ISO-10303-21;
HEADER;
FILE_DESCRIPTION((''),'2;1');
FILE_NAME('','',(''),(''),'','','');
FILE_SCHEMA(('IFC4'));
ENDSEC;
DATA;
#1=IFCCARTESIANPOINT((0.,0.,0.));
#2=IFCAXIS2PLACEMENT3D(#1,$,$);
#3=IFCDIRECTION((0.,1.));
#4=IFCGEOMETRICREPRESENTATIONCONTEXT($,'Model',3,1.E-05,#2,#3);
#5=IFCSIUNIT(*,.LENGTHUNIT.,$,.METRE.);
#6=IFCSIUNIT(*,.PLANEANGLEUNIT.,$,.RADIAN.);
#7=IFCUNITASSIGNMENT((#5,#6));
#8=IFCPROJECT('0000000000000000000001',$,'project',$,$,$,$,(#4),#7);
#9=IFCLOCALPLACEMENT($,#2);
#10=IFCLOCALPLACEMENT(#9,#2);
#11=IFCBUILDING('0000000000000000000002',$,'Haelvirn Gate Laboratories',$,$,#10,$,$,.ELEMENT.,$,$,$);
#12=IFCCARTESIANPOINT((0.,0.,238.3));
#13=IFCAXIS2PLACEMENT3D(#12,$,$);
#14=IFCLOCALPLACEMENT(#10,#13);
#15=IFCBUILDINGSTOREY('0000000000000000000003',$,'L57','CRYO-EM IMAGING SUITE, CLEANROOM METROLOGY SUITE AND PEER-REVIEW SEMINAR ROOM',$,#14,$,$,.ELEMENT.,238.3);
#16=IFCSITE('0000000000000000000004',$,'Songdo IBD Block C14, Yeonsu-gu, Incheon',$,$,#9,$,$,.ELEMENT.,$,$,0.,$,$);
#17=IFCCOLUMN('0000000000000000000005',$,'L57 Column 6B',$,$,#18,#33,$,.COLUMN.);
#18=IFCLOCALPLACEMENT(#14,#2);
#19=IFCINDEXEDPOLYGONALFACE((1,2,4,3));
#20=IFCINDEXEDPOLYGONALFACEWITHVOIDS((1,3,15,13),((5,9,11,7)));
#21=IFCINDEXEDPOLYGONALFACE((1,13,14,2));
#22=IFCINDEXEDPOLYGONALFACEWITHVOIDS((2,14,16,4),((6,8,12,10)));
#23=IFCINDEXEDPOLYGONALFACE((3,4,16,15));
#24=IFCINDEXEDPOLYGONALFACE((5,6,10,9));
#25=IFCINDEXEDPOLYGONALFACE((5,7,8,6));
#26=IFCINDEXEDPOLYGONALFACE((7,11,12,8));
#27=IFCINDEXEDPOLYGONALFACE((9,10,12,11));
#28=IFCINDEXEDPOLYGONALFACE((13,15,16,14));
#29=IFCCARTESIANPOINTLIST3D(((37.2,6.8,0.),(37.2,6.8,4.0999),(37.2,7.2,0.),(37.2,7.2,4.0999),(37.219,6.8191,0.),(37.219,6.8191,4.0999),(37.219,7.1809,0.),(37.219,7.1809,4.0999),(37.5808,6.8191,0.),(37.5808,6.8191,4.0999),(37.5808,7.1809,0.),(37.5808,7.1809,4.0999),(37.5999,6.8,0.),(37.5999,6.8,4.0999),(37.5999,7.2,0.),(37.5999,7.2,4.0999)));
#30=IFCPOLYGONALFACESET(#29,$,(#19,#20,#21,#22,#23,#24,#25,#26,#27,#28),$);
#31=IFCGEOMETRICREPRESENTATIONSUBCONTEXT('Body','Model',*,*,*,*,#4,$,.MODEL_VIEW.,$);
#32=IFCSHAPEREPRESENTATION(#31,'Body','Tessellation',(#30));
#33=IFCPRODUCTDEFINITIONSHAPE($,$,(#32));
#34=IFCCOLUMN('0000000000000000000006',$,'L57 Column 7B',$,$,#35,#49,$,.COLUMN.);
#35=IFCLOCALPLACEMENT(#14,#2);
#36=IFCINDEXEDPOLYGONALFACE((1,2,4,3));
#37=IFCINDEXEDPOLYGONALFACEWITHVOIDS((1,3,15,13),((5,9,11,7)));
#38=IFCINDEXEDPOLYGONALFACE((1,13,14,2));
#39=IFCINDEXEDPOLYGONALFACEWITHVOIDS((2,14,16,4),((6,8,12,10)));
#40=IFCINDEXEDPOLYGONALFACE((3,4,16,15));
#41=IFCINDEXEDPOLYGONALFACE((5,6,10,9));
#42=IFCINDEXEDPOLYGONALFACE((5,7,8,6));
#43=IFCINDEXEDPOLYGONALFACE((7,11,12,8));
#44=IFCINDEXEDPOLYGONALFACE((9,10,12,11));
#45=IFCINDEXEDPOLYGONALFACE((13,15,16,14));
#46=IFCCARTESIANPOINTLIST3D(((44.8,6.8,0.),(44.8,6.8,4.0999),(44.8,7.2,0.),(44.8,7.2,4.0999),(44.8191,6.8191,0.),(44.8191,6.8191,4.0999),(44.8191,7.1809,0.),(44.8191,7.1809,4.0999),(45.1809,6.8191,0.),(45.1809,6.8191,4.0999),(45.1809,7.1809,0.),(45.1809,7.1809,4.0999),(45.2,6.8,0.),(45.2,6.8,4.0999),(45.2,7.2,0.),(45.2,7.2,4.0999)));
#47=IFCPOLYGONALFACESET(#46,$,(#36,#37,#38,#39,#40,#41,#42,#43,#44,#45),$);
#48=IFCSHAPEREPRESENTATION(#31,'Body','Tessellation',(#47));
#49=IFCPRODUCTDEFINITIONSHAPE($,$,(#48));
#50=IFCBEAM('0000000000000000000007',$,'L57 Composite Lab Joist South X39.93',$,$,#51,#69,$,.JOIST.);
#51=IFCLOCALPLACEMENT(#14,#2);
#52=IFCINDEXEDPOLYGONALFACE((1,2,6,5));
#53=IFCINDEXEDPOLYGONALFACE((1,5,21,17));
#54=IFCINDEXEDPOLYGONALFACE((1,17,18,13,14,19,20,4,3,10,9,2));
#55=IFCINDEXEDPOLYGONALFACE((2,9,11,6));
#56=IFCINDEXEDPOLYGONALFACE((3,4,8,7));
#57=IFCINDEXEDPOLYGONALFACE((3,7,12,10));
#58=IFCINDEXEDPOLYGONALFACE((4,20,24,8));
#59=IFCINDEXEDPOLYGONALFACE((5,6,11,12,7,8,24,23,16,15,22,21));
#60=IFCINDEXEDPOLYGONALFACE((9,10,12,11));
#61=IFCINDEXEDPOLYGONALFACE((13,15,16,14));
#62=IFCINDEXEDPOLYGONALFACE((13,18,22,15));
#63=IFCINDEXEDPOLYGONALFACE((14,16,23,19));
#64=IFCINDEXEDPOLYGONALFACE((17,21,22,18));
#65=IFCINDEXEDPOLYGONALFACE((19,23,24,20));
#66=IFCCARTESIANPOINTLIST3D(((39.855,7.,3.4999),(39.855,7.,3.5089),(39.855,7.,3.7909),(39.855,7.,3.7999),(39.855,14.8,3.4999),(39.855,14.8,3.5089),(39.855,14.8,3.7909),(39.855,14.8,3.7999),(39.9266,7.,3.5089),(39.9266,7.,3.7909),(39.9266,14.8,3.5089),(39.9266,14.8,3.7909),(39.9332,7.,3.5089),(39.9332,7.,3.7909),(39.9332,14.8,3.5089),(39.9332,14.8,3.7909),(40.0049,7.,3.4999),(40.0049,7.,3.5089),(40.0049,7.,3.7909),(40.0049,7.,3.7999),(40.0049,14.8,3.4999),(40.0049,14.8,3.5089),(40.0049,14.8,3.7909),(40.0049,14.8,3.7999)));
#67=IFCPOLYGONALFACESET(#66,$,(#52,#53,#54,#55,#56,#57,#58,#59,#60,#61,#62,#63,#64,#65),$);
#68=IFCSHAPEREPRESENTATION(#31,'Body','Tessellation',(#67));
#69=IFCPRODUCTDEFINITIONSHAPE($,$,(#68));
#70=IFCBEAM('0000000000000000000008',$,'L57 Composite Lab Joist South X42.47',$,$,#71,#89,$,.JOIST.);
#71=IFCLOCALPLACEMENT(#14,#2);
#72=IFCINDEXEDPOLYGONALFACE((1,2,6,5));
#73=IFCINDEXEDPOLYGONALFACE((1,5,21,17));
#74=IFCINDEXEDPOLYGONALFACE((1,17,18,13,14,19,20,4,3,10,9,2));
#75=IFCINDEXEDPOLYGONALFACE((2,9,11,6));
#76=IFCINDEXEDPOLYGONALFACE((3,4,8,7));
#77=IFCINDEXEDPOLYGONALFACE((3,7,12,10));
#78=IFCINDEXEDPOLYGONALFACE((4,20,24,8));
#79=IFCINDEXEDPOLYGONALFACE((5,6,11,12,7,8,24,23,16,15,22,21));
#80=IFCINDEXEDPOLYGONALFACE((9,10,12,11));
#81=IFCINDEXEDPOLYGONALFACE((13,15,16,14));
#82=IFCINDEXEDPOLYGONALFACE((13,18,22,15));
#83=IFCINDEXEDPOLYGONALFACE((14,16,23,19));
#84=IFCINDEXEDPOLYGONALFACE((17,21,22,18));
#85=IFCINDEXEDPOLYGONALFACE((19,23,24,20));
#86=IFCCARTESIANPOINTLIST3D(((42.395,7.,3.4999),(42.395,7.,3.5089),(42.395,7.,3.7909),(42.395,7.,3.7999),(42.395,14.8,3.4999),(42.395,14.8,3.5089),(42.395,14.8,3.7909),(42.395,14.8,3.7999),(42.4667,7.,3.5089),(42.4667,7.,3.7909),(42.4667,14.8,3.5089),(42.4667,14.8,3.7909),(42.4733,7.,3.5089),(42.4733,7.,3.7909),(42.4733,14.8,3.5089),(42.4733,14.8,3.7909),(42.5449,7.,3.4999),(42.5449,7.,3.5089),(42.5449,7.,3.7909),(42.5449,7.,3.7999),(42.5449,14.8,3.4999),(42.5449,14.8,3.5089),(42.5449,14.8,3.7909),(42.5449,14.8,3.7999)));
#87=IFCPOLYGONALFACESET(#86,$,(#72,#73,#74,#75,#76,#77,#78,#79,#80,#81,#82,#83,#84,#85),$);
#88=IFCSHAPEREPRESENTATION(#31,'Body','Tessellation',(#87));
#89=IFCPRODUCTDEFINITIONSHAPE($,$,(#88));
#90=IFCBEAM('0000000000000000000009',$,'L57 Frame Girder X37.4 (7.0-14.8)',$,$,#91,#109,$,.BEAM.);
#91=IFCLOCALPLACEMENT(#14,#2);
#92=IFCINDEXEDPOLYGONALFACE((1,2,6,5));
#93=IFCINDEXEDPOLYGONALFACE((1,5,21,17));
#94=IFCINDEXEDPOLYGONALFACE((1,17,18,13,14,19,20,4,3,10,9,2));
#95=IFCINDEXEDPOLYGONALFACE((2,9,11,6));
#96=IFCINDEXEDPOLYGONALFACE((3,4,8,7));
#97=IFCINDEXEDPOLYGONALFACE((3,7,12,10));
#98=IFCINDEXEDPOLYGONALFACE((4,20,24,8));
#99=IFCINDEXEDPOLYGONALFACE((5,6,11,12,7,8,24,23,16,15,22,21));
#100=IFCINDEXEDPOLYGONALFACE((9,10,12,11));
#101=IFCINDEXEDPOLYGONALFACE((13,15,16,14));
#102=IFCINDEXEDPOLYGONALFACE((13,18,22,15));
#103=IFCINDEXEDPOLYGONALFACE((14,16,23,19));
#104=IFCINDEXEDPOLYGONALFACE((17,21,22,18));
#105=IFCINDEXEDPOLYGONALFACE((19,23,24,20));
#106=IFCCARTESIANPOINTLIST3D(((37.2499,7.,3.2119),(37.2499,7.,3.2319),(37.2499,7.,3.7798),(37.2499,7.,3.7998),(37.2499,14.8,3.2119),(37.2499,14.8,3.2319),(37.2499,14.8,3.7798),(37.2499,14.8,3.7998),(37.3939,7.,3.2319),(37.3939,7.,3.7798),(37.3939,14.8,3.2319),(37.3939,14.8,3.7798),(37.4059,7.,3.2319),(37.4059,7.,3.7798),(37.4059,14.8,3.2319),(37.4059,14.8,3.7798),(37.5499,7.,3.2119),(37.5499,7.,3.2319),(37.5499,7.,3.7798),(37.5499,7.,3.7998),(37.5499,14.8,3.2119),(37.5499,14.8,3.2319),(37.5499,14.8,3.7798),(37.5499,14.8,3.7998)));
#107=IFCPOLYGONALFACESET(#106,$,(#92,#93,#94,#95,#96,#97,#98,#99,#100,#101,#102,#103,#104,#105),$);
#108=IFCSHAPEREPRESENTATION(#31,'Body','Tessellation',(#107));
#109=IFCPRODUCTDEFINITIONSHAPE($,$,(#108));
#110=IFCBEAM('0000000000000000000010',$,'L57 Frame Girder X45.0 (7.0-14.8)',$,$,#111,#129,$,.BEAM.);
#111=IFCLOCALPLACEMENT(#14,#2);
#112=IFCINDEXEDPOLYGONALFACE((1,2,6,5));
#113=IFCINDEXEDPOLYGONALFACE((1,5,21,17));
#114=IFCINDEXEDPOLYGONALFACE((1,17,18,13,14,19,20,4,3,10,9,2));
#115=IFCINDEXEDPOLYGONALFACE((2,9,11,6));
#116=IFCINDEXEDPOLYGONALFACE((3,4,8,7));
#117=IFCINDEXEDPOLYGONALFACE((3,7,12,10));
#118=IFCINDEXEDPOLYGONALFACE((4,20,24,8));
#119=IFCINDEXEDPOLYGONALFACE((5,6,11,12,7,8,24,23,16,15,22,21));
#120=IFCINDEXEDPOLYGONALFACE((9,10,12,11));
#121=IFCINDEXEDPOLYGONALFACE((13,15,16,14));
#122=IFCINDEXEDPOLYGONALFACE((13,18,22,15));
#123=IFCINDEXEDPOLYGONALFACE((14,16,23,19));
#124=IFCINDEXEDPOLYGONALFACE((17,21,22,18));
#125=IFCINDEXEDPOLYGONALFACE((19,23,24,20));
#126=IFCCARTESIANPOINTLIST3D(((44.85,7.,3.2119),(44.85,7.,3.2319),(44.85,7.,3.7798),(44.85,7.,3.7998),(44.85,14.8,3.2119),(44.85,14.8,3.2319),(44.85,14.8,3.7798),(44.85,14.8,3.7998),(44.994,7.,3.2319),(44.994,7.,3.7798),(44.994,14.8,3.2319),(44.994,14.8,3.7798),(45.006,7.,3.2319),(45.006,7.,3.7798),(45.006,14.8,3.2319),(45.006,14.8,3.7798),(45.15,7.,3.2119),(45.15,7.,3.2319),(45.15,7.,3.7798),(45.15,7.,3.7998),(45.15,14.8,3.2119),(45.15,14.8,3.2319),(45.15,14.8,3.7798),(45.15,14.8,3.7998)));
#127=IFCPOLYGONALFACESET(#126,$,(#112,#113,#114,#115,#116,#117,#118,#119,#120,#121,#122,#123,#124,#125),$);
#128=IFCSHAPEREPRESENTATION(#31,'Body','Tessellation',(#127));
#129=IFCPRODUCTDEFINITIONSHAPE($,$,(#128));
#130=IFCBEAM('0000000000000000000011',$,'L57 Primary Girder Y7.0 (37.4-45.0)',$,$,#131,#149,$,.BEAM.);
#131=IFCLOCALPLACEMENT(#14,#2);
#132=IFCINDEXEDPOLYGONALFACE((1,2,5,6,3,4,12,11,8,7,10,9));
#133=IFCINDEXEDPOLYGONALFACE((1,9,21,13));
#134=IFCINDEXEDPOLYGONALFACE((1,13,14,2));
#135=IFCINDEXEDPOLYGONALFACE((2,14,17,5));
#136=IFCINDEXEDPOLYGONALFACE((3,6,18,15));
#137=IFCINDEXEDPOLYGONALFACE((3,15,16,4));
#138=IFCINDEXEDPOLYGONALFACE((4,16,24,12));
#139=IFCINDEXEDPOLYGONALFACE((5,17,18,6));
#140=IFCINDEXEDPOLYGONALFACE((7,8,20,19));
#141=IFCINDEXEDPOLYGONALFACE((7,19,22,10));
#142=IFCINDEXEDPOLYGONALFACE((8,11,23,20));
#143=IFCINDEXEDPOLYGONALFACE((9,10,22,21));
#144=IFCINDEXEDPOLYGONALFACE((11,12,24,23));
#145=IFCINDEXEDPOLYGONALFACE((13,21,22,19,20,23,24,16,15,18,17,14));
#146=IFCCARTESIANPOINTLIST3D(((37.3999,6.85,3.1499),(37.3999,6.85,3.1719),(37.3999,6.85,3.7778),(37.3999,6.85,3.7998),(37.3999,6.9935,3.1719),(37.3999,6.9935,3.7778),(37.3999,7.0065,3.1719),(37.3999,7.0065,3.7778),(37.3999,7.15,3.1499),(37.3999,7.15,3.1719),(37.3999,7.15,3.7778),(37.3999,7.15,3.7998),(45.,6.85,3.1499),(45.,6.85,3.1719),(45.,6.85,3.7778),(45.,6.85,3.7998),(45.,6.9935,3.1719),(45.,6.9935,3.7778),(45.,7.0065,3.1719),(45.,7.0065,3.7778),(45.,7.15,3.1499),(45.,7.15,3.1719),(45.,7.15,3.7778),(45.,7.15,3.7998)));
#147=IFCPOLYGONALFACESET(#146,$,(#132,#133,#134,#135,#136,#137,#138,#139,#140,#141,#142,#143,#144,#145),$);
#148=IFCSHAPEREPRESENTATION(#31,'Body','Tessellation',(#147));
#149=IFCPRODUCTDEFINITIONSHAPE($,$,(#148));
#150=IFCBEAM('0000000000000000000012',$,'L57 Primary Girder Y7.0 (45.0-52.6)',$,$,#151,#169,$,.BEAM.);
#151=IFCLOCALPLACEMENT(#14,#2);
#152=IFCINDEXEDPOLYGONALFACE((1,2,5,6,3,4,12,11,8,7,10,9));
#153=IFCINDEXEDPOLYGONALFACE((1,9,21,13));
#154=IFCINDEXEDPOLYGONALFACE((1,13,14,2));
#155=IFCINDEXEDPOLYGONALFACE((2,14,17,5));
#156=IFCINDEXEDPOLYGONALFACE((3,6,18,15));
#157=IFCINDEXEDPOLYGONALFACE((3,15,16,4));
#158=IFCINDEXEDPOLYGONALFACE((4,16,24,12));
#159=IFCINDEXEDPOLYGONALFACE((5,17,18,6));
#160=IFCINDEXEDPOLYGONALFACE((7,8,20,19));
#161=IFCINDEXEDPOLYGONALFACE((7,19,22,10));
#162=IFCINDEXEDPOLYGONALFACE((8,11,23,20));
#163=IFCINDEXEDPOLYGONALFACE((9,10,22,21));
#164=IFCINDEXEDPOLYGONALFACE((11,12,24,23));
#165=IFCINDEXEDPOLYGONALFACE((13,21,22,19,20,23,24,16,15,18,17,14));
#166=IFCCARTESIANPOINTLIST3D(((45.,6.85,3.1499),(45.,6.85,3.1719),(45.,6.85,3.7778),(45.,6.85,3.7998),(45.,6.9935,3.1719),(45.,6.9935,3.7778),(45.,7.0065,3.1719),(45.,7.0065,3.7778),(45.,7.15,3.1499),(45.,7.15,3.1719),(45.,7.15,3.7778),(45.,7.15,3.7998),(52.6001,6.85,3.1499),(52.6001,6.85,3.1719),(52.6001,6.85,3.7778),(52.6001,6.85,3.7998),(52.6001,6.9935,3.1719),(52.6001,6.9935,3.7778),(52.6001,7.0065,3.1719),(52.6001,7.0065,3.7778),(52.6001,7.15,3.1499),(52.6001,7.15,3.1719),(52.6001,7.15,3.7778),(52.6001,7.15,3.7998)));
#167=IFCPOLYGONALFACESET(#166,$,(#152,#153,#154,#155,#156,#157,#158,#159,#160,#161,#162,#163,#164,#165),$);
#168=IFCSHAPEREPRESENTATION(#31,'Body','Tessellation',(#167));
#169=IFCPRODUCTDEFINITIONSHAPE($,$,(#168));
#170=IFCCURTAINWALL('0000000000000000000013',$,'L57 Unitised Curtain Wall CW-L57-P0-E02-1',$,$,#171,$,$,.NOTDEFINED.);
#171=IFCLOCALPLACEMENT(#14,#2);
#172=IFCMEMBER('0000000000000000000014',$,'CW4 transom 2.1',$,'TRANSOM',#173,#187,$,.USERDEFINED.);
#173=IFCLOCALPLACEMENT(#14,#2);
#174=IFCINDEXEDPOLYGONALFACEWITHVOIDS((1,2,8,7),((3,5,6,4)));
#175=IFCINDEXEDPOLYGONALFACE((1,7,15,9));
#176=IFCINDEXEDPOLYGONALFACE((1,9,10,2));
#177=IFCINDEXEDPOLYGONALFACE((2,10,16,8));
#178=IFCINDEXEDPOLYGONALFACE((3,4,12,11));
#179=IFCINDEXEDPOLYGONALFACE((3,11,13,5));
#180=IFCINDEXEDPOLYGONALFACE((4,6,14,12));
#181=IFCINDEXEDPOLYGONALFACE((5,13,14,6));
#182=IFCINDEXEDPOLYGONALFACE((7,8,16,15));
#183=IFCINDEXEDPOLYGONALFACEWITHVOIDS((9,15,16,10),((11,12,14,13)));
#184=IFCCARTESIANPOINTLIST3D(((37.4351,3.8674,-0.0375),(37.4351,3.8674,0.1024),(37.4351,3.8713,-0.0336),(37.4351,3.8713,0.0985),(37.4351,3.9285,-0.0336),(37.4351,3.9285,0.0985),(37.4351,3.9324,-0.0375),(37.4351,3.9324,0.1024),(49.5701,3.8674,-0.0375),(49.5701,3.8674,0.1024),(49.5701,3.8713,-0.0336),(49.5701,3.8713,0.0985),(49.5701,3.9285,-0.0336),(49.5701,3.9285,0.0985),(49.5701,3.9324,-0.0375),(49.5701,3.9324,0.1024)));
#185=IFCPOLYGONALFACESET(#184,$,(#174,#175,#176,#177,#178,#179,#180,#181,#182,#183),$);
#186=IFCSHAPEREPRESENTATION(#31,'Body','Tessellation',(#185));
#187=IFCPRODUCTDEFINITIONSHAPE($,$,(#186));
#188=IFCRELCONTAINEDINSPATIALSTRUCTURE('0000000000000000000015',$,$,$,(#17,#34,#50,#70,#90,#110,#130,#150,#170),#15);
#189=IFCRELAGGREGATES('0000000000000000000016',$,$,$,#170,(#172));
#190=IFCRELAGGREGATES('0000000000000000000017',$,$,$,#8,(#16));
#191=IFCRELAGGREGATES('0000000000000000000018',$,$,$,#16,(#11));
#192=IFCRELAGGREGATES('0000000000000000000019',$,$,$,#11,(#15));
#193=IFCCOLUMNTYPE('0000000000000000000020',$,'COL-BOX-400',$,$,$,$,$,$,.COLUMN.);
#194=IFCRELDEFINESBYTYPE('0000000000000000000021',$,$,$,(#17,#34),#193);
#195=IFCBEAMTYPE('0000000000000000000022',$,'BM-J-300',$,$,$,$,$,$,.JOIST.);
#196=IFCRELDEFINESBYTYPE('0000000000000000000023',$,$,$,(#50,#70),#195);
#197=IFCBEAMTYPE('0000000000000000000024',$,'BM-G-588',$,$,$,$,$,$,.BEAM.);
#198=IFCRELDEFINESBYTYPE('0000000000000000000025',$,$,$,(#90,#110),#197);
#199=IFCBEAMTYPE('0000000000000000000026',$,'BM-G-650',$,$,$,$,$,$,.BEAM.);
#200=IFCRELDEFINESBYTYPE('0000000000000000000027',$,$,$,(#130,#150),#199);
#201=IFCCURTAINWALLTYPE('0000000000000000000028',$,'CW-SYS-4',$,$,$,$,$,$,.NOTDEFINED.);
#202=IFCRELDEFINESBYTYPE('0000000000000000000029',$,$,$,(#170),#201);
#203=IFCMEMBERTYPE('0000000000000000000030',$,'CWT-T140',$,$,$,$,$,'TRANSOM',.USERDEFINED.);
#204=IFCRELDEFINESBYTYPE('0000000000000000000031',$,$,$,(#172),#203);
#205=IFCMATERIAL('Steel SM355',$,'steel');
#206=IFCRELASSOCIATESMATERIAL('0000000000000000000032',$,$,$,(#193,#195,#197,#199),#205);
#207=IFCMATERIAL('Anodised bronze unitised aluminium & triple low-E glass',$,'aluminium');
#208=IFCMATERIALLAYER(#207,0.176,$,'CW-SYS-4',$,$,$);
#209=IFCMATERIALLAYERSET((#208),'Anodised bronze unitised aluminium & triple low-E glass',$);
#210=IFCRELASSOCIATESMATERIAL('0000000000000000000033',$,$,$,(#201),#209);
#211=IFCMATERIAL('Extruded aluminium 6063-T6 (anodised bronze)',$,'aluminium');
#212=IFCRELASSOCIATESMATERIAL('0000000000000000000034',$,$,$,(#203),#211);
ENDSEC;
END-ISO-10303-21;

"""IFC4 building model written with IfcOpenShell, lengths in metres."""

from ifc_helpers import new_model, si_unit, direction, frame, origin, origin_2d, place, context, subcontext, project, spatial, hollow_rectangle, i_section, extrude, source, transform, mapped, material, layer, layer_set, material_profile, profile_set, type_object, type_shapes, element, aggregate, save


model = new_model("IFC4")

# Units and contexts
model_context = context("Model", 3, precision=1e-05, world=origin(), true_north=direction((0.0, 1.0)))
body_context = subcontext(model_context, "Body", "Model", "MODEL_VIEW")
ifc_project = project(units=[si_unit("LENGTHUNIT", "METRE"), si_unit("PLANEANGLEUNIT", "RADIAN")], contexts=[model_context])

# Site, building, storey
site_placement = place(None, origin())
site = spatial("IfcSite", under=ifc_project, at=site_placement, Name="Songdo IBD Block C14, Yeonsu-gu, Incheon", CompositionType="ELEMENT", RefElevation=0.0)
building_placement = place(site_placement, origin())
building = spatial("IfcBuilding", under=site, at=building_placement, Name="Haelvirn Gate Laboratories", CompositionType="ELEMENT")
storey_placement = place(building_placement, frame((0.0, 0.0, 238.3)))
storey = spatial("IfcBuildingStorey", under=building, at=storey_placement, Name="L57", Description="CRYO-EM IMAGING SUITE, CLEANROOM METROLOGY SUITE AND PEER-REVIEW SEMINAR ROOM", CompositionType="ELEMENT", Elevation=238.3)

# Columns
ifc_material_1 = material(Name="Steel SM355", Category="steel")
ifc_material_profile_1 = material_profile(ifc_material_1, hollow_rectangle(XDim=0.3999, YDim=0.3999, WallThickness=0.019, at=origin_2d()), Name="BOX-400x400x19")
ifc_profile_set_1 = profile_set([ifc_material_profile_1], Name="Steel SM355")
column_type = type_object("IfcColumnType", Name="COL-BOX-400", PredefinedType="COLUMN", material=ifc_profile_set_1)
shared_shape_1 = source(origin(), body_context, "Body", "SweptSolid", [
    extrude(hollow_rectangle(XDim=0.3999, YDim=0.3999, WallThickness=0.019, at=origin_2d()), origin(), (0.0, 0.0, 1.0), 4.0999),
])
type_shapes(column_type, [shared_shape_1])
for number, where, z_axis, x_axis, name in (
    (1, (37.3999, 7.0, 0.0), (0.0, 0.0, 1.0), (1.0, 0.0, 0.0), "L57 Column 6B"),
    (2, (45.0, 7.0, 0.0), (0.0, 0.0, 1.0), (1.0, 0.0, 0.0), "L57 Column 7B"),
):
    element("IfcColumn", number, at=place(storey_placement, frame(where, z_axis=z_axis, x_axis=x_axis)), inside=storey, type_object=column_type, Name=name, PredefinedType="COLUMN", context=body_context, shape_type="MappedRepresentation", body=[
        mapped(shared_shape_1, transform((0.0, 0.0, 0.0), scale=1.0)),
    ])

# Beams
ifc_material_profile_2 = material_profile(ifc_material_1, i_section(OverallWidth=0.1499, OverallDepth=0.3, WebThickness=0.0066, FlangeThickness=0.009, at=origin_2d()), Name="H-300x150x6.5x9")
ifc_profile_set_2 = profile_set([ifc_material_profile_2], Name="Steel SM355")
beam_type_1 = type_object("IfcBeamType", Name="BM-J-300", PredefinedType="JOIST", material=ifc_profile_set_2)
shared_shape_2 = source(origin(), body_context, "Body", "SweptSolid", [
    extrude(i_section(OverallWidth=0.1499, OverallDepth=0.3, WebThickness=0.0066, FlangeThickness=0.009, at=origin_2d()), origin(), (0.0, 0.0, 1.0), 7.8),
])
type_shapes(beam_type_1, [shared_shape_2])
for number, where, z_axis, x_axis, name in (
    (3, (39.9299, 7.0, 3.6499), (0.0, 1.0, 0.0), (-1.0, 0.0, 0.0), "L57 Composite Lab Joist South X39.93"),
    (4, (42.47, 7.0, 3.6499), (0.0, 1.0, 0.0), (-1.0, 0.0, 0.0), "L57 Composite Lab Joist South X42.47"),
):
    element("IfcBeam", number, at=place(storey_placement, frame(where, z_axis=z_axis, x_axis=x_axis)), inside=storey, type_object=beam_type_1, Name=name, PredefinedType="JOIST", context=body_context, shape_type="MappedRepresentation", body=[
        mapped(shared_shape_2, transform((0.0, 0.0, 0.0), scale=1.0)),
    ])
ifc_material_profile_3 = material_profile(ifc_material_1, i_section(OverallWidth=0.3, OverallDepth=0.5879, WebThickness=0.012, FlangeThickness=0.02, at=origin_2d()), Name="H-588x300x12x20")
ifc_profile_set_3 = profile_set([ifc_material_profile_3], Name="Steel SM355")
beam_type_2 = type_object("IfcBeamType", Name="BM-G-588", PredefinedType="BEAM", material=ifc_profile_set_3)
shared_shape_3 = source(origin(), body_context, "Body", "SweptSolid", [
    extrude(i_section(OverallWidth=0.3, OverallDepth=0.5879, WebThickness=0.012, FlangeThickness=0.02, at=origin_2d()), origin(), (0.0, 0.0, 1.0), 7.8),
])
type_shapes(beam_type_2, [shared_shape_3])
for number, where, z_axis, x_axis, name in (
    (5, (37.3999, 7.0, 3.5059), (0.0, 1.0, 0.0), (-1.0, 0.0, 0.0), "L57 Frame Girder X37.4 (7.0-14.8)"),
    (6, (45.0, 7.0, 3.5059), (0.0, 1.0, 0.0), (-1.0, 0.0, 0.0), "L57 Frame Girder X45.0 (7.0-14.8)"),
):
    element("IfcBeam", number, at=place(storey_placement, frame(where, z_axis=z_axis, x_axis=x_axis)), inside=storey, type_object=beam_type_2, Name=name, PredefinedType="BEAM", context=body_context, shape_type="MappedRepresentation", body=[
        mapped(shared_shape_3, transform((0.0, 0.0, 0.0), scale=1.0)),
    ])
ifc_material_profile_4 = material_profile(ifc_material_1, i_section(OverallWidth=0.3, OverallDepth=0.6499, WebThickness=0.0129, FlangeThickness=0.022, at=origin_2d()), Name="H-650x300x13x22")
ifc_profile_set_4 = profile_set([ifc_material_profile_4], Name="Steel SM355")
beam_type_3 = type_object("IfcBeamType", Name="BM-G-650", PredefinedType="BEAM", material=ifc_profile_set_4)
shared_shape_4 = source(origin(), body_context, "Body", "SweptSolid", [
    extrude(i_section(OverallWidth=0.3, OverallDepth=0.6499, WebThickness=0.0129, FlangeThickness=0.022, at=origin_2d()), origin(), (0.0, 0.0, 1.0), 7.6001),
])
type_shapes(beam_type_3, [shared_shape_4])
for number, where, z_axis, x_axis, name in (
    (7, (37.3999, 7.0, 3.4749), (1.0, 0.0, 0.0), (0.0, 1.0, 0.0), "L57 Primary Girder Y7.0 (37.4-45.0)"),
    (8, (45.0, 7.0, 3.4749), (1.0, 0.0, 0.0), (0.0, 1.0, 0.0), "L57 Primary Girder Y7.0 (45.0-52.6)"),
):
    element("IfcBeam", number, at=place(storey_placement, frame(where, z_axis=z_axis, x_axis=x_axis)), inside=storey, type_object=beam_type_3, Name=name, PredefinedType="BEAM", context=body_context, shape_type="MappedRepresentation", body=[
        mapped(shared_shape_4, transform((0.0, 0.0, 0.0), scale=1.0)),
    ])

# Curtain wall, member
ifc_material_2 = material(Name="Anodised bronze unitised aluminium & triple low-E glass", Category="aluminium")
ifc_layer_1 = layer(ifc_material_2, 0.176, Name="CW-SYS-4")
ifc_layer_set_1 = layer_set([ifc_layer_1], Name="Anodised bronze unitised aluminium & triple low-E glass")
curtain_wall_type = type_object("IfcCurtainWallType", Name="CW-SYS-4", PredefinedType="NOTDEFINED", material=ifc_layer_set_1)
curtain_wall_1_placement = place(storey_placement, origin())
curtain_wall_1 = element("IfcCurtainWall", 9, at=curtain_wall_1_placement, inside=storey, type_object=curtain_wall_type, Name="L57 Unitised Curtain Wall CW-L57-P0-E02-1", PredefinedType="NOTDEFINED")
ifc_material_3 = material(Name="Extruded aluminium 6063-T6 (anodised bronze)", Category="aluminium")
ifc_material_profile_5 = material_profile(ifc_material_3, hollow_rectangle(XDim=0.0649, YDim=0.1399, WallThickness=0.0039, at=origin_2d()), Name="CWT-140x65x4")
ifc_profile_set_5 = profile_set([ifc_material_profile_5], Name="Extruded aluminium 6063-T6 (anodised bronze)")
member_type_1 = type_object("IfcMemberType", Name="CWT-T140", ElementType="TRANSOM", PredefinedType="USERDEFINED", material=ifc_profile_set_5)
shared_shape_5 = source(origin(), body_context, "Body", "SweptSolid", [
    extrude(hollow_rectangle(XDim=0.0649, YDim=0.1399, WallThickness=0.0039, at=origin_2d()), origin(), (0.0, 0.0, 1.0), 12.135),
])
member_1_placement = place(storey_placement, frame((37.4351, 3.8999, 0.0325), z_axis=(1.0, 0.0, 0.0), x_axis=(0.0, 1.0, 0.0)))
member_1 = element("IfcMember", 10, at=member_1_placement, type_object=member_type_1, Name="CW4 transom 2.1", ObjectType="TRANSOM", PredefinedType="USERDEFINED", context=body_context, shape_type="MappedRepresentation", body=[
    mapped(shared_shape_5, transform((0.0, 0.0, 0.0), scale=1.0)),
])

aggregate(curtain_wall_1, [member_1])

save(model, "model.ifc")
